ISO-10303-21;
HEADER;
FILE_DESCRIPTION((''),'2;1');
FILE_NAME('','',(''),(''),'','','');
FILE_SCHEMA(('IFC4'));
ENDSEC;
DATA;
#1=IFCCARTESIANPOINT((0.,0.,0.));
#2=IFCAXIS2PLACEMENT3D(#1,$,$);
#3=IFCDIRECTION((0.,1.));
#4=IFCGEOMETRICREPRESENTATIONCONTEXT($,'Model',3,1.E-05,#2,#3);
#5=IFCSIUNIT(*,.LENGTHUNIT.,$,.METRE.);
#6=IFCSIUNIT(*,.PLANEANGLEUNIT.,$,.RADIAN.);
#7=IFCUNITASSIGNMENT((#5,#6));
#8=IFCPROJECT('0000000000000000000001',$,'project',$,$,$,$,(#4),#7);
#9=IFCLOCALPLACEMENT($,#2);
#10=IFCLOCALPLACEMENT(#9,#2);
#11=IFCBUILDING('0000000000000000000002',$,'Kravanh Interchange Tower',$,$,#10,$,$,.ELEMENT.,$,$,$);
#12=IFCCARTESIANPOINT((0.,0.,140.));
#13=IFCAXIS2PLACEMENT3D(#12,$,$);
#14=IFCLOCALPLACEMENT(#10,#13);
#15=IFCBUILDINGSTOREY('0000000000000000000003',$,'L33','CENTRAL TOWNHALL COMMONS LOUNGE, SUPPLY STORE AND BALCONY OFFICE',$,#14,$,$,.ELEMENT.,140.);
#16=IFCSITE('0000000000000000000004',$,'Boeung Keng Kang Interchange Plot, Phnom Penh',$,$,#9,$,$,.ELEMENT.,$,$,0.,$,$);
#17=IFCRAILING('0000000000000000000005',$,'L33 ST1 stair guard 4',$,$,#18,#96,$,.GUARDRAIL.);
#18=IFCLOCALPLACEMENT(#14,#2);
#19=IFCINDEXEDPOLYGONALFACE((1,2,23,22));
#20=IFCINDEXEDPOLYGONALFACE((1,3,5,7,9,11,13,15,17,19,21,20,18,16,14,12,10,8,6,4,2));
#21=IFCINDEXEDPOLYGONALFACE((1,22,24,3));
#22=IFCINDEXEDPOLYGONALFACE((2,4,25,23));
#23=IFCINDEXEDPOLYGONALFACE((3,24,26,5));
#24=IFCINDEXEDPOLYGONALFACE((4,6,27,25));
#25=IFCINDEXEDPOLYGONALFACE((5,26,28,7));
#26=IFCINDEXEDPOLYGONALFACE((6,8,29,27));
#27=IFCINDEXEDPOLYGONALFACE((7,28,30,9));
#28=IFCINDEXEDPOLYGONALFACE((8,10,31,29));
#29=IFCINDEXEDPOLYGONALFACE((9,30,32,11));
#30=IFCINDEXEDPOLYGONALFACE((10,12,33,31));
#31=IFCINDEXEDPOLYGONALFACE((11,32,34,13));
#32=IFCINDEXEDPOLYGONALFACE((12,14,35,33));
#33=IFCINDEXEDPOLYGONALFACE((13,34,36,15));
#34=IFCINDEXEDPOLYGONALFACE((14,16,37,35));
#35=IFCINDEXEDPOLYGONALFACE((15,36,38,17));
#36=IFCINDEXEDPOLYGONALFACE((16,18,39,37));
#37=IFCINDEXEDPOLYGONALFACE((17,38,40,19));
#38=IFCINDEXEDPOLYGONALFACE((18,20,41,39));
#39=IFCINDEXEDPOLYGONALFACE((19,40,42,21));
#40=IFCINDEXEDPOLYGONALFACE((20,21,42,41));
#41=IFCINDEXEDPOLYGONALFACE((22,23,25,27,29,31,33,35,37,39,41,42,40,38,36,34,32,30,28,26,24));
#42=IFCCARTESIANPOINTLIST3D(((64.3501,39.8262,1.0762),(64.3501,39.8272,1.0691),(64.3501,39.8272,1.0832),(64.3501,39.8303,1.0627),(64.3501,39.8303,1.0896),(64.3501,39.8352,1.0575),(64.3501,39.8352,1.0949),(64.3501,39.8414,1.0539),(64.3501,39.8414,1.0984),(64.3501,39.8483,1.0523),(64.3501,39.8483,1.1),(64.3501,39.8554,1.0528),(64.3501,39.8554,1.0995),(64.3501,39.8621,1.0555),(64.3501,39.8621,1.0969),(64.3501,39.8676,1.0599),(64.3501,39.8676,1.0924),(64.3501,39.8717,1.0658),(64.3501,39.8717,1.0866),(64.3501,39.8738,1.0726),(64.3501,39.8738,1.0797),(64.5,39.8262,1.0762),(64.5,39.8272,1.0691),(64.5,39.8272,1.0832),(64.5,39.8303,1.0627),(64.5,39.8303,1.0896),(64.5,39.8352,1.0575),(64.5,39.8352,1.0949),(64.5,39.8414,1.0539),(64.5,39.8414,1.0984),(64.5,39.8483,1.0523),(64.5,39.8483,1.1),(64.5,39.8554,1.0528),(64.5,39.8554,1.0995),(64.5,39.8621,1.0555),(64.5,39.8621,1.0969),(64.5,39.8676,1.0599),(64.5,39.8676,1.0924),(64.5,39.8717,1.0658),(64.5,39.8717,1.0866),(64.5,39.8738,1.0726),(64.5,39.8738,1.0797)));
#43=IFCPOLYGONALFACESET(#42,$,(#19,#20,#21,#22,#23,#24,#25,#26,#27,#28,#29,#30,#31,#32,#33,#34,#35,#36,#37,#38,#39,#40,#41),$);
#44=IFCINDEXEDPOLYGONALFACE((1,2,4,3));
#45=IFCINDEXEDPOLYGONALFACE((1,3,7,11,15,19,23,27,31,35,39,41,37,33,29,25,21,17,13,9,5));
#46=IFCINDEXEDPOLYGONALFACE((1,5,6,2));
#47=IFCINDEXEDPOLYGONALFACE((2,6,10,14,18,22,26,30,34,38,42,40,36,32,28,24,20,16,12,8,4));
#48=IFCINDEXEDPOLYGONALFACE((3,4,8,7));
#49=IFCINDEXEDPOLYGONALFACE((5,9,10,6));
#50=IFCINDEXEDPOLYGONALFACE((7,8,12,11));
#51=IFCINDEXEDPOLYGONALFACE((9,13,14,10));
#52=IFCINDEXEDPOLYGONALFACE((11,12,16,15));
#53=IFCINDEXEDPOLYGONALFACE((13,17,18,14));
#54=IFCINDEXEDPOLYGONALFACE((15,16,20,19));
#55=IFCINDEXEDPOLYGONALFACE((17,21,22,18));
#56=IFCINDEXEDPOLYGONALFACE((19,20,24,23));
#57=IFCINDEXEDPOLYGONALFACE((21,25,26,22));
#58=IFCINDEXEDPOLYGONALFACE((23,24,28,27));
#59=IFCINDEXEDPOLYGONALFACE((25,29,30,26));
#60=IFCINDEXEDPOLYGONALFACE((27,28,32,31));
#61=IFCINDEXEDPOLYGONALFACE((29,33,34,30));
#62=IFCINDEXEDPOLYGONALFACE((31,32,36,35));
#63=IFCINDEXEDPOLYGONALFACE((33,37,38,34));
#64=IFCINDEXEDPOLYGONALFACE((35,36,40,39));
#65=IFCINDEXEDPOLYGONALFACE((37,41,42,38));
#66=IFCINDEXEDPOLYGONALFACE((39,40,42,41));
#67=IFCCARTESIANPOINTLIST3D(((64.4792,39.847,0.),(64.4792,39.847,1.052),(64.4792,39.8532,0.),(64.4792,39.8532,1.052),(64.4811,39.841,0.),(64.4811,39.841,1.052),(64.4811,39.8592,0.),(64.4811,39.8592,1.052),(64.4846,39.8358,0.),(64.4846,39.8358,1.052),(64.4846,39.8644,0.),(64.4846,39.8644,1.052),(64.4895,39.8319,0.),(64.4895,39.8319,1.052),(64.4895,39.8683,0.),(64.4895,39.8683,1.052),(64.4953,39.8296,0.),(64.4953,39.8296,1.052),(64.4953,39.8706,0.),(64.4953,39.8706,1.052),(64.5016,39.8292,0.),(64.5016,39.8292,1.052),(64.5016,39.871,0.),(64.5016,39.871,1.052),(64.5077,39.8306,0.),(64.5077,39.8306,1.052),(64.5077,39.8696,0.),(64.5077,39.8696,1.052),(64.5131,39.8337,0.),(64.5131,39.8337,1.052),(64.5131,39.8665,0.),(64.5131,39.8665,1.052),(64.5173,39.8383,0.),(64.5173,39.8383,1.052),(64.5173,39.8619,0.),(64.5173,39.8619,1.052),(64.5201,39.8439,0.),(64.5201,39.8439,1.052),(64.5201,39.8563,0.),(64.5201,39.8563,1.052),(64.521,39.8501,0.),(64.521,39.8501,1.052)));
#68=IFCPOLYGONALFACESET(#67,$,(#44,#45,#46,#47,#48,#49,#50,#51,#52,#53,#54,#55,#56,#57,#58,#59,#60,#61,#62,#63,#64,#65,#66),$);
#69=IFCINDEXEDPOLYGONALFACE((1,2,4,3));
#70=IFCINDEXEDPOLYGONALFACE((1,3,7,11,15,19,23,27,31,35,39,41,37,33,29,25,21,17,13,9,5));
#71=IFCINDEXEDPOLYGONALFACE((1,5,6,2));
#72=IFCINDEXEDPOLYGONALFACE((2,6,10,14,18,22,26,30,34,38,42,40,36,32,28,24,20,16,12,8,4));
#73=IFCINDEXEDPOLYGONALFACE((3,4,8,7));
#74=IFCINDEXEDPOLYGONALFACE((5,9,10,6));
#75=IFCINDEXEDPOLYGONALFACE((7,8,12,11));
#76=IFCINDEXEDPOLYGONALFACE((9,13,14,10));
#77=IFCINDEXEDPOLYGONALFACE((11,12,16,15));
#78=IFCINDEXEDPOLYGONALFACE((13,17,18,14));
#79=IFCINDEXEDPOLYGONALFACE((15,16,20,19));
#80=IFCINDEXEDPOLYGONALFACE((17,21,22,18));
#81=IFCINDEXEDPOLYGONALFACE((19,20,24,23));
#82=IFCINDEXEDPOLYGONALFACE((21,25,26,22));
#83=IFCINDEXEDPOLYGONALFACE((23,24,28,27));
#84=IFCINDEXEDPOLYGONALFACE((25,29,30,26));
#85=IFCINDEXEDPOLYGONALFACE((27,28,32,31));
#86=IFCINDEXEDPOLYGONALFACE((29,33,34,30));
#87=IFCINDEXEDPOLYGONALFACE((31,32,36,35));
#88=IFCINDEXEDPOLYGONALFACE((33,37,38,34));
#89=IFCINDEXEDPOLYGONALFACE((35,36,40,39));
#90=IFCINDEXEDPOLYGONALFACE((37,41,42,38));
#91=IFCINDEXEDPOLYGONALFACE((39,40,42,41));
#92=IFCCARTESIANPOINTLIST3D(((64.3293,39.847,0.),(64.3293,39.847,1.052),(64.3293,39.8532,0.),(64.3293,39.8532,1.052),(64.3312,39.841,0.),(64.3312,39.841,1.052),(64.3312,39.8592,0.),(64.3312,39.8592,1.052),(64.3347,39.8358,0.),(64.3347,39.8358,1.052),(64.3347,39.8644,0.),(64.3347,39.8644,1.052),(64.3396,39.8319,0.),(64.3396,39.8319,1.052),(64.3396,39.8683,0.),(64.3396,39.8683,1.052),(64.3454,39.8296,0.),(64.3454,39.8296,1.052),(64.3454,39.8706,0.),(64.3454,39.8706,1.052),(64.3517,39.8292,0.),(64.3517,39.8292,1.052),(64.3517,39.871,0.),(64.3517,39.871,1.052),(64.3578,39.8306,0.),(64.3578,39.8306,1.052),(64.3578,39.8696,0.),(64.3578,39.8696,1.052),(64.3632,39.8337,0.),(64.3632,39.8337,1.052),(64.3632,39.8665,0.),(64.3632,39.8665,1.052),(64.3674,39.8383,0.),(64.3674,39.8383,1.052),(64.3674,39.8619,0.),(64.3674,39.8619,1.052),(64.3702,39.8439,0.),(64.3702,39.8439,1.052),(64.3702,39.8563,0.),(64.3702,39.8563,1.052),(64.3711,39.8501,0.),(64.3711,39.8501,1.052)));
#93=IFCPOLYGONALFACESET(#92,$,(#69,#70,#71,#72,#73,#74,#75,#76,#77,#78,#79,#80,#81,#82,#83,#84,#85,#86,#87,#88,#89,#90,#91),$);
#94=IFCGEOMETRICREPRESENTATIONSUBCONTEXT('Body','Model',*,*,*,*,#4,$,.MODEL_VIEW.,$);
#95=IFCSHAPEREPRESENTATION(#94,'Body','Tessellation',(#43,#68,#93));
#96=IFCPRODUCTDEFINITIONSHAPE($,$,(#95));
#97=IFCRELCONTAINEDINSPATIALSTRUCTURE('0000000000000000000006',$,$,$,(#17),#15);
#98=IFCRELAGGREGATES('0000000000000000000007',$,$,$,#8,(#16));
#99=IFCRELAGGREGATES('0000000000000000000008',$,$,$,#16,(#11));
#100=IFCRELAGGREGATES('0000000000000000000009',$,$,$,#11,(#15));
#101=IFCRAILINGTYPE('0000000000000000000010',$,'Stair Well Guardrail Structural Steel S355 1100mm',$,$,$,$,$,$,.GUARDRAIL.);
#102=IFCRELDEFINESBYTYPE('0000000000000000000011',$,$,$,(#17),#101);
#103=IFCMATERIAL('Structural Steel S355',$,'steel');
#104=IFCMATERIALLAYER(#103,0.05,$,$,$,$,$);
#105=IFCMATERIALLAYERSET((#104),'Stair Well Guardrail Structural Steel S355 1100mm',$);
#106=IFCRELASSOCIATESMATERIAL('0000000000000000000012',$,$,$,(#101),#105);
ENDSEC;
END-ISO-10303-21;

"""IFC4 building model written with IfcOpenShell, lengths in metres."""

from ifc_helpers import new_model, si_unit, direction, frame, origin, origin_2d, place, context, subcontext, project, spatial, circle, extrude, material, layer, layer_set, type_object, element, save


model = new_model("IFC4")

# Units and contexts
model_context = context("Model", 3, precision=1e-05, world=origin(), true_north=direction((0.0, 1.0)))
body_context = subcontext(model_context, "Body", "Model", "MODEL_VIEW")
ifc_project = project(units=[si_unit("LENGTHUNIT", "METRE"), si_unit("PLANEANGLEUNIT", "RADIAN")], contexts=[model_context])

# Site, building, storey
site_placement = place(None, origin())
site = spatial("IfcSite", under=ifc_project, at=site_placement, Name="Boeung Keng Kang Interchange Plot, Phnom Penh", CompositionType="ELEMENT", RefElevation=0.0)
building_placement = place(site_placement, origin())
building = spatial("IfcBuilding", under=site, at=building_placement, Name="Kravanh Interchange Tower", CompositionType="ELEMENT")
storey_placement = place(building_placement, frame((0.0, 0.0, 140.0)))
storey = spatial("IfcBuildingStorey", under=building, at=storey_placement, Name="L33", Description="CENTRAL TOWNHALL COMMONS LOUNGE, SUPPLY STORE AND BALCONY OFFICE", CompositionType="ELEMENT", Elevation=140.0)

# Railing
ifc_material_1 = material(Name="Structural Steel S355", Category="steel")
ifc_layer_1 = layer(ifc_material_1, 0.05)
ifc_layer_set_1 = layer_set([ifc_layer_1], Name="Stair Well Guardrail Structural Steel S355 1100mm")
railing_type_1 = type_object("IfcRailingType", Name="Stair Well Guardrail Structural Steel S355 1100mm", PredefinedType="GUARDRAIL", material=ifc_layer_set_1)
railing_1_placement = place(storey_placement, frame((64.5, 39.8501, 0.0)))
element("IfcRailing", 1, at=railing_1_placement, inside=storey, type_object=railing_type_1, Name="L33 ST1 stair guard 4", PredefinedType="GUARDRAIL", context=body_context, shape_type="SweptSolid", body=[
    extrude(circle(Radius=0.0239, at=origin_2d()), frame((0.0, 0.0, 1.0762), z_axis=(-1.0, 0.0, 0.0), x_axis=(0.0, -1.0, 0.0)), (0.0, 0.0, 1.0), 0.1499),
    extrude(circle(Radius=0.021, at=origin_2d()), origin(), (0.0, 0.0, 1.0), 1.052),
    extrude(circle(Radius=0.021, at=origin_2d()), frame((-0.1499, 0.0, 0.0)), (0.0, 0.0, 1.0), 1.052),
])

save(model, "model.ifc")
